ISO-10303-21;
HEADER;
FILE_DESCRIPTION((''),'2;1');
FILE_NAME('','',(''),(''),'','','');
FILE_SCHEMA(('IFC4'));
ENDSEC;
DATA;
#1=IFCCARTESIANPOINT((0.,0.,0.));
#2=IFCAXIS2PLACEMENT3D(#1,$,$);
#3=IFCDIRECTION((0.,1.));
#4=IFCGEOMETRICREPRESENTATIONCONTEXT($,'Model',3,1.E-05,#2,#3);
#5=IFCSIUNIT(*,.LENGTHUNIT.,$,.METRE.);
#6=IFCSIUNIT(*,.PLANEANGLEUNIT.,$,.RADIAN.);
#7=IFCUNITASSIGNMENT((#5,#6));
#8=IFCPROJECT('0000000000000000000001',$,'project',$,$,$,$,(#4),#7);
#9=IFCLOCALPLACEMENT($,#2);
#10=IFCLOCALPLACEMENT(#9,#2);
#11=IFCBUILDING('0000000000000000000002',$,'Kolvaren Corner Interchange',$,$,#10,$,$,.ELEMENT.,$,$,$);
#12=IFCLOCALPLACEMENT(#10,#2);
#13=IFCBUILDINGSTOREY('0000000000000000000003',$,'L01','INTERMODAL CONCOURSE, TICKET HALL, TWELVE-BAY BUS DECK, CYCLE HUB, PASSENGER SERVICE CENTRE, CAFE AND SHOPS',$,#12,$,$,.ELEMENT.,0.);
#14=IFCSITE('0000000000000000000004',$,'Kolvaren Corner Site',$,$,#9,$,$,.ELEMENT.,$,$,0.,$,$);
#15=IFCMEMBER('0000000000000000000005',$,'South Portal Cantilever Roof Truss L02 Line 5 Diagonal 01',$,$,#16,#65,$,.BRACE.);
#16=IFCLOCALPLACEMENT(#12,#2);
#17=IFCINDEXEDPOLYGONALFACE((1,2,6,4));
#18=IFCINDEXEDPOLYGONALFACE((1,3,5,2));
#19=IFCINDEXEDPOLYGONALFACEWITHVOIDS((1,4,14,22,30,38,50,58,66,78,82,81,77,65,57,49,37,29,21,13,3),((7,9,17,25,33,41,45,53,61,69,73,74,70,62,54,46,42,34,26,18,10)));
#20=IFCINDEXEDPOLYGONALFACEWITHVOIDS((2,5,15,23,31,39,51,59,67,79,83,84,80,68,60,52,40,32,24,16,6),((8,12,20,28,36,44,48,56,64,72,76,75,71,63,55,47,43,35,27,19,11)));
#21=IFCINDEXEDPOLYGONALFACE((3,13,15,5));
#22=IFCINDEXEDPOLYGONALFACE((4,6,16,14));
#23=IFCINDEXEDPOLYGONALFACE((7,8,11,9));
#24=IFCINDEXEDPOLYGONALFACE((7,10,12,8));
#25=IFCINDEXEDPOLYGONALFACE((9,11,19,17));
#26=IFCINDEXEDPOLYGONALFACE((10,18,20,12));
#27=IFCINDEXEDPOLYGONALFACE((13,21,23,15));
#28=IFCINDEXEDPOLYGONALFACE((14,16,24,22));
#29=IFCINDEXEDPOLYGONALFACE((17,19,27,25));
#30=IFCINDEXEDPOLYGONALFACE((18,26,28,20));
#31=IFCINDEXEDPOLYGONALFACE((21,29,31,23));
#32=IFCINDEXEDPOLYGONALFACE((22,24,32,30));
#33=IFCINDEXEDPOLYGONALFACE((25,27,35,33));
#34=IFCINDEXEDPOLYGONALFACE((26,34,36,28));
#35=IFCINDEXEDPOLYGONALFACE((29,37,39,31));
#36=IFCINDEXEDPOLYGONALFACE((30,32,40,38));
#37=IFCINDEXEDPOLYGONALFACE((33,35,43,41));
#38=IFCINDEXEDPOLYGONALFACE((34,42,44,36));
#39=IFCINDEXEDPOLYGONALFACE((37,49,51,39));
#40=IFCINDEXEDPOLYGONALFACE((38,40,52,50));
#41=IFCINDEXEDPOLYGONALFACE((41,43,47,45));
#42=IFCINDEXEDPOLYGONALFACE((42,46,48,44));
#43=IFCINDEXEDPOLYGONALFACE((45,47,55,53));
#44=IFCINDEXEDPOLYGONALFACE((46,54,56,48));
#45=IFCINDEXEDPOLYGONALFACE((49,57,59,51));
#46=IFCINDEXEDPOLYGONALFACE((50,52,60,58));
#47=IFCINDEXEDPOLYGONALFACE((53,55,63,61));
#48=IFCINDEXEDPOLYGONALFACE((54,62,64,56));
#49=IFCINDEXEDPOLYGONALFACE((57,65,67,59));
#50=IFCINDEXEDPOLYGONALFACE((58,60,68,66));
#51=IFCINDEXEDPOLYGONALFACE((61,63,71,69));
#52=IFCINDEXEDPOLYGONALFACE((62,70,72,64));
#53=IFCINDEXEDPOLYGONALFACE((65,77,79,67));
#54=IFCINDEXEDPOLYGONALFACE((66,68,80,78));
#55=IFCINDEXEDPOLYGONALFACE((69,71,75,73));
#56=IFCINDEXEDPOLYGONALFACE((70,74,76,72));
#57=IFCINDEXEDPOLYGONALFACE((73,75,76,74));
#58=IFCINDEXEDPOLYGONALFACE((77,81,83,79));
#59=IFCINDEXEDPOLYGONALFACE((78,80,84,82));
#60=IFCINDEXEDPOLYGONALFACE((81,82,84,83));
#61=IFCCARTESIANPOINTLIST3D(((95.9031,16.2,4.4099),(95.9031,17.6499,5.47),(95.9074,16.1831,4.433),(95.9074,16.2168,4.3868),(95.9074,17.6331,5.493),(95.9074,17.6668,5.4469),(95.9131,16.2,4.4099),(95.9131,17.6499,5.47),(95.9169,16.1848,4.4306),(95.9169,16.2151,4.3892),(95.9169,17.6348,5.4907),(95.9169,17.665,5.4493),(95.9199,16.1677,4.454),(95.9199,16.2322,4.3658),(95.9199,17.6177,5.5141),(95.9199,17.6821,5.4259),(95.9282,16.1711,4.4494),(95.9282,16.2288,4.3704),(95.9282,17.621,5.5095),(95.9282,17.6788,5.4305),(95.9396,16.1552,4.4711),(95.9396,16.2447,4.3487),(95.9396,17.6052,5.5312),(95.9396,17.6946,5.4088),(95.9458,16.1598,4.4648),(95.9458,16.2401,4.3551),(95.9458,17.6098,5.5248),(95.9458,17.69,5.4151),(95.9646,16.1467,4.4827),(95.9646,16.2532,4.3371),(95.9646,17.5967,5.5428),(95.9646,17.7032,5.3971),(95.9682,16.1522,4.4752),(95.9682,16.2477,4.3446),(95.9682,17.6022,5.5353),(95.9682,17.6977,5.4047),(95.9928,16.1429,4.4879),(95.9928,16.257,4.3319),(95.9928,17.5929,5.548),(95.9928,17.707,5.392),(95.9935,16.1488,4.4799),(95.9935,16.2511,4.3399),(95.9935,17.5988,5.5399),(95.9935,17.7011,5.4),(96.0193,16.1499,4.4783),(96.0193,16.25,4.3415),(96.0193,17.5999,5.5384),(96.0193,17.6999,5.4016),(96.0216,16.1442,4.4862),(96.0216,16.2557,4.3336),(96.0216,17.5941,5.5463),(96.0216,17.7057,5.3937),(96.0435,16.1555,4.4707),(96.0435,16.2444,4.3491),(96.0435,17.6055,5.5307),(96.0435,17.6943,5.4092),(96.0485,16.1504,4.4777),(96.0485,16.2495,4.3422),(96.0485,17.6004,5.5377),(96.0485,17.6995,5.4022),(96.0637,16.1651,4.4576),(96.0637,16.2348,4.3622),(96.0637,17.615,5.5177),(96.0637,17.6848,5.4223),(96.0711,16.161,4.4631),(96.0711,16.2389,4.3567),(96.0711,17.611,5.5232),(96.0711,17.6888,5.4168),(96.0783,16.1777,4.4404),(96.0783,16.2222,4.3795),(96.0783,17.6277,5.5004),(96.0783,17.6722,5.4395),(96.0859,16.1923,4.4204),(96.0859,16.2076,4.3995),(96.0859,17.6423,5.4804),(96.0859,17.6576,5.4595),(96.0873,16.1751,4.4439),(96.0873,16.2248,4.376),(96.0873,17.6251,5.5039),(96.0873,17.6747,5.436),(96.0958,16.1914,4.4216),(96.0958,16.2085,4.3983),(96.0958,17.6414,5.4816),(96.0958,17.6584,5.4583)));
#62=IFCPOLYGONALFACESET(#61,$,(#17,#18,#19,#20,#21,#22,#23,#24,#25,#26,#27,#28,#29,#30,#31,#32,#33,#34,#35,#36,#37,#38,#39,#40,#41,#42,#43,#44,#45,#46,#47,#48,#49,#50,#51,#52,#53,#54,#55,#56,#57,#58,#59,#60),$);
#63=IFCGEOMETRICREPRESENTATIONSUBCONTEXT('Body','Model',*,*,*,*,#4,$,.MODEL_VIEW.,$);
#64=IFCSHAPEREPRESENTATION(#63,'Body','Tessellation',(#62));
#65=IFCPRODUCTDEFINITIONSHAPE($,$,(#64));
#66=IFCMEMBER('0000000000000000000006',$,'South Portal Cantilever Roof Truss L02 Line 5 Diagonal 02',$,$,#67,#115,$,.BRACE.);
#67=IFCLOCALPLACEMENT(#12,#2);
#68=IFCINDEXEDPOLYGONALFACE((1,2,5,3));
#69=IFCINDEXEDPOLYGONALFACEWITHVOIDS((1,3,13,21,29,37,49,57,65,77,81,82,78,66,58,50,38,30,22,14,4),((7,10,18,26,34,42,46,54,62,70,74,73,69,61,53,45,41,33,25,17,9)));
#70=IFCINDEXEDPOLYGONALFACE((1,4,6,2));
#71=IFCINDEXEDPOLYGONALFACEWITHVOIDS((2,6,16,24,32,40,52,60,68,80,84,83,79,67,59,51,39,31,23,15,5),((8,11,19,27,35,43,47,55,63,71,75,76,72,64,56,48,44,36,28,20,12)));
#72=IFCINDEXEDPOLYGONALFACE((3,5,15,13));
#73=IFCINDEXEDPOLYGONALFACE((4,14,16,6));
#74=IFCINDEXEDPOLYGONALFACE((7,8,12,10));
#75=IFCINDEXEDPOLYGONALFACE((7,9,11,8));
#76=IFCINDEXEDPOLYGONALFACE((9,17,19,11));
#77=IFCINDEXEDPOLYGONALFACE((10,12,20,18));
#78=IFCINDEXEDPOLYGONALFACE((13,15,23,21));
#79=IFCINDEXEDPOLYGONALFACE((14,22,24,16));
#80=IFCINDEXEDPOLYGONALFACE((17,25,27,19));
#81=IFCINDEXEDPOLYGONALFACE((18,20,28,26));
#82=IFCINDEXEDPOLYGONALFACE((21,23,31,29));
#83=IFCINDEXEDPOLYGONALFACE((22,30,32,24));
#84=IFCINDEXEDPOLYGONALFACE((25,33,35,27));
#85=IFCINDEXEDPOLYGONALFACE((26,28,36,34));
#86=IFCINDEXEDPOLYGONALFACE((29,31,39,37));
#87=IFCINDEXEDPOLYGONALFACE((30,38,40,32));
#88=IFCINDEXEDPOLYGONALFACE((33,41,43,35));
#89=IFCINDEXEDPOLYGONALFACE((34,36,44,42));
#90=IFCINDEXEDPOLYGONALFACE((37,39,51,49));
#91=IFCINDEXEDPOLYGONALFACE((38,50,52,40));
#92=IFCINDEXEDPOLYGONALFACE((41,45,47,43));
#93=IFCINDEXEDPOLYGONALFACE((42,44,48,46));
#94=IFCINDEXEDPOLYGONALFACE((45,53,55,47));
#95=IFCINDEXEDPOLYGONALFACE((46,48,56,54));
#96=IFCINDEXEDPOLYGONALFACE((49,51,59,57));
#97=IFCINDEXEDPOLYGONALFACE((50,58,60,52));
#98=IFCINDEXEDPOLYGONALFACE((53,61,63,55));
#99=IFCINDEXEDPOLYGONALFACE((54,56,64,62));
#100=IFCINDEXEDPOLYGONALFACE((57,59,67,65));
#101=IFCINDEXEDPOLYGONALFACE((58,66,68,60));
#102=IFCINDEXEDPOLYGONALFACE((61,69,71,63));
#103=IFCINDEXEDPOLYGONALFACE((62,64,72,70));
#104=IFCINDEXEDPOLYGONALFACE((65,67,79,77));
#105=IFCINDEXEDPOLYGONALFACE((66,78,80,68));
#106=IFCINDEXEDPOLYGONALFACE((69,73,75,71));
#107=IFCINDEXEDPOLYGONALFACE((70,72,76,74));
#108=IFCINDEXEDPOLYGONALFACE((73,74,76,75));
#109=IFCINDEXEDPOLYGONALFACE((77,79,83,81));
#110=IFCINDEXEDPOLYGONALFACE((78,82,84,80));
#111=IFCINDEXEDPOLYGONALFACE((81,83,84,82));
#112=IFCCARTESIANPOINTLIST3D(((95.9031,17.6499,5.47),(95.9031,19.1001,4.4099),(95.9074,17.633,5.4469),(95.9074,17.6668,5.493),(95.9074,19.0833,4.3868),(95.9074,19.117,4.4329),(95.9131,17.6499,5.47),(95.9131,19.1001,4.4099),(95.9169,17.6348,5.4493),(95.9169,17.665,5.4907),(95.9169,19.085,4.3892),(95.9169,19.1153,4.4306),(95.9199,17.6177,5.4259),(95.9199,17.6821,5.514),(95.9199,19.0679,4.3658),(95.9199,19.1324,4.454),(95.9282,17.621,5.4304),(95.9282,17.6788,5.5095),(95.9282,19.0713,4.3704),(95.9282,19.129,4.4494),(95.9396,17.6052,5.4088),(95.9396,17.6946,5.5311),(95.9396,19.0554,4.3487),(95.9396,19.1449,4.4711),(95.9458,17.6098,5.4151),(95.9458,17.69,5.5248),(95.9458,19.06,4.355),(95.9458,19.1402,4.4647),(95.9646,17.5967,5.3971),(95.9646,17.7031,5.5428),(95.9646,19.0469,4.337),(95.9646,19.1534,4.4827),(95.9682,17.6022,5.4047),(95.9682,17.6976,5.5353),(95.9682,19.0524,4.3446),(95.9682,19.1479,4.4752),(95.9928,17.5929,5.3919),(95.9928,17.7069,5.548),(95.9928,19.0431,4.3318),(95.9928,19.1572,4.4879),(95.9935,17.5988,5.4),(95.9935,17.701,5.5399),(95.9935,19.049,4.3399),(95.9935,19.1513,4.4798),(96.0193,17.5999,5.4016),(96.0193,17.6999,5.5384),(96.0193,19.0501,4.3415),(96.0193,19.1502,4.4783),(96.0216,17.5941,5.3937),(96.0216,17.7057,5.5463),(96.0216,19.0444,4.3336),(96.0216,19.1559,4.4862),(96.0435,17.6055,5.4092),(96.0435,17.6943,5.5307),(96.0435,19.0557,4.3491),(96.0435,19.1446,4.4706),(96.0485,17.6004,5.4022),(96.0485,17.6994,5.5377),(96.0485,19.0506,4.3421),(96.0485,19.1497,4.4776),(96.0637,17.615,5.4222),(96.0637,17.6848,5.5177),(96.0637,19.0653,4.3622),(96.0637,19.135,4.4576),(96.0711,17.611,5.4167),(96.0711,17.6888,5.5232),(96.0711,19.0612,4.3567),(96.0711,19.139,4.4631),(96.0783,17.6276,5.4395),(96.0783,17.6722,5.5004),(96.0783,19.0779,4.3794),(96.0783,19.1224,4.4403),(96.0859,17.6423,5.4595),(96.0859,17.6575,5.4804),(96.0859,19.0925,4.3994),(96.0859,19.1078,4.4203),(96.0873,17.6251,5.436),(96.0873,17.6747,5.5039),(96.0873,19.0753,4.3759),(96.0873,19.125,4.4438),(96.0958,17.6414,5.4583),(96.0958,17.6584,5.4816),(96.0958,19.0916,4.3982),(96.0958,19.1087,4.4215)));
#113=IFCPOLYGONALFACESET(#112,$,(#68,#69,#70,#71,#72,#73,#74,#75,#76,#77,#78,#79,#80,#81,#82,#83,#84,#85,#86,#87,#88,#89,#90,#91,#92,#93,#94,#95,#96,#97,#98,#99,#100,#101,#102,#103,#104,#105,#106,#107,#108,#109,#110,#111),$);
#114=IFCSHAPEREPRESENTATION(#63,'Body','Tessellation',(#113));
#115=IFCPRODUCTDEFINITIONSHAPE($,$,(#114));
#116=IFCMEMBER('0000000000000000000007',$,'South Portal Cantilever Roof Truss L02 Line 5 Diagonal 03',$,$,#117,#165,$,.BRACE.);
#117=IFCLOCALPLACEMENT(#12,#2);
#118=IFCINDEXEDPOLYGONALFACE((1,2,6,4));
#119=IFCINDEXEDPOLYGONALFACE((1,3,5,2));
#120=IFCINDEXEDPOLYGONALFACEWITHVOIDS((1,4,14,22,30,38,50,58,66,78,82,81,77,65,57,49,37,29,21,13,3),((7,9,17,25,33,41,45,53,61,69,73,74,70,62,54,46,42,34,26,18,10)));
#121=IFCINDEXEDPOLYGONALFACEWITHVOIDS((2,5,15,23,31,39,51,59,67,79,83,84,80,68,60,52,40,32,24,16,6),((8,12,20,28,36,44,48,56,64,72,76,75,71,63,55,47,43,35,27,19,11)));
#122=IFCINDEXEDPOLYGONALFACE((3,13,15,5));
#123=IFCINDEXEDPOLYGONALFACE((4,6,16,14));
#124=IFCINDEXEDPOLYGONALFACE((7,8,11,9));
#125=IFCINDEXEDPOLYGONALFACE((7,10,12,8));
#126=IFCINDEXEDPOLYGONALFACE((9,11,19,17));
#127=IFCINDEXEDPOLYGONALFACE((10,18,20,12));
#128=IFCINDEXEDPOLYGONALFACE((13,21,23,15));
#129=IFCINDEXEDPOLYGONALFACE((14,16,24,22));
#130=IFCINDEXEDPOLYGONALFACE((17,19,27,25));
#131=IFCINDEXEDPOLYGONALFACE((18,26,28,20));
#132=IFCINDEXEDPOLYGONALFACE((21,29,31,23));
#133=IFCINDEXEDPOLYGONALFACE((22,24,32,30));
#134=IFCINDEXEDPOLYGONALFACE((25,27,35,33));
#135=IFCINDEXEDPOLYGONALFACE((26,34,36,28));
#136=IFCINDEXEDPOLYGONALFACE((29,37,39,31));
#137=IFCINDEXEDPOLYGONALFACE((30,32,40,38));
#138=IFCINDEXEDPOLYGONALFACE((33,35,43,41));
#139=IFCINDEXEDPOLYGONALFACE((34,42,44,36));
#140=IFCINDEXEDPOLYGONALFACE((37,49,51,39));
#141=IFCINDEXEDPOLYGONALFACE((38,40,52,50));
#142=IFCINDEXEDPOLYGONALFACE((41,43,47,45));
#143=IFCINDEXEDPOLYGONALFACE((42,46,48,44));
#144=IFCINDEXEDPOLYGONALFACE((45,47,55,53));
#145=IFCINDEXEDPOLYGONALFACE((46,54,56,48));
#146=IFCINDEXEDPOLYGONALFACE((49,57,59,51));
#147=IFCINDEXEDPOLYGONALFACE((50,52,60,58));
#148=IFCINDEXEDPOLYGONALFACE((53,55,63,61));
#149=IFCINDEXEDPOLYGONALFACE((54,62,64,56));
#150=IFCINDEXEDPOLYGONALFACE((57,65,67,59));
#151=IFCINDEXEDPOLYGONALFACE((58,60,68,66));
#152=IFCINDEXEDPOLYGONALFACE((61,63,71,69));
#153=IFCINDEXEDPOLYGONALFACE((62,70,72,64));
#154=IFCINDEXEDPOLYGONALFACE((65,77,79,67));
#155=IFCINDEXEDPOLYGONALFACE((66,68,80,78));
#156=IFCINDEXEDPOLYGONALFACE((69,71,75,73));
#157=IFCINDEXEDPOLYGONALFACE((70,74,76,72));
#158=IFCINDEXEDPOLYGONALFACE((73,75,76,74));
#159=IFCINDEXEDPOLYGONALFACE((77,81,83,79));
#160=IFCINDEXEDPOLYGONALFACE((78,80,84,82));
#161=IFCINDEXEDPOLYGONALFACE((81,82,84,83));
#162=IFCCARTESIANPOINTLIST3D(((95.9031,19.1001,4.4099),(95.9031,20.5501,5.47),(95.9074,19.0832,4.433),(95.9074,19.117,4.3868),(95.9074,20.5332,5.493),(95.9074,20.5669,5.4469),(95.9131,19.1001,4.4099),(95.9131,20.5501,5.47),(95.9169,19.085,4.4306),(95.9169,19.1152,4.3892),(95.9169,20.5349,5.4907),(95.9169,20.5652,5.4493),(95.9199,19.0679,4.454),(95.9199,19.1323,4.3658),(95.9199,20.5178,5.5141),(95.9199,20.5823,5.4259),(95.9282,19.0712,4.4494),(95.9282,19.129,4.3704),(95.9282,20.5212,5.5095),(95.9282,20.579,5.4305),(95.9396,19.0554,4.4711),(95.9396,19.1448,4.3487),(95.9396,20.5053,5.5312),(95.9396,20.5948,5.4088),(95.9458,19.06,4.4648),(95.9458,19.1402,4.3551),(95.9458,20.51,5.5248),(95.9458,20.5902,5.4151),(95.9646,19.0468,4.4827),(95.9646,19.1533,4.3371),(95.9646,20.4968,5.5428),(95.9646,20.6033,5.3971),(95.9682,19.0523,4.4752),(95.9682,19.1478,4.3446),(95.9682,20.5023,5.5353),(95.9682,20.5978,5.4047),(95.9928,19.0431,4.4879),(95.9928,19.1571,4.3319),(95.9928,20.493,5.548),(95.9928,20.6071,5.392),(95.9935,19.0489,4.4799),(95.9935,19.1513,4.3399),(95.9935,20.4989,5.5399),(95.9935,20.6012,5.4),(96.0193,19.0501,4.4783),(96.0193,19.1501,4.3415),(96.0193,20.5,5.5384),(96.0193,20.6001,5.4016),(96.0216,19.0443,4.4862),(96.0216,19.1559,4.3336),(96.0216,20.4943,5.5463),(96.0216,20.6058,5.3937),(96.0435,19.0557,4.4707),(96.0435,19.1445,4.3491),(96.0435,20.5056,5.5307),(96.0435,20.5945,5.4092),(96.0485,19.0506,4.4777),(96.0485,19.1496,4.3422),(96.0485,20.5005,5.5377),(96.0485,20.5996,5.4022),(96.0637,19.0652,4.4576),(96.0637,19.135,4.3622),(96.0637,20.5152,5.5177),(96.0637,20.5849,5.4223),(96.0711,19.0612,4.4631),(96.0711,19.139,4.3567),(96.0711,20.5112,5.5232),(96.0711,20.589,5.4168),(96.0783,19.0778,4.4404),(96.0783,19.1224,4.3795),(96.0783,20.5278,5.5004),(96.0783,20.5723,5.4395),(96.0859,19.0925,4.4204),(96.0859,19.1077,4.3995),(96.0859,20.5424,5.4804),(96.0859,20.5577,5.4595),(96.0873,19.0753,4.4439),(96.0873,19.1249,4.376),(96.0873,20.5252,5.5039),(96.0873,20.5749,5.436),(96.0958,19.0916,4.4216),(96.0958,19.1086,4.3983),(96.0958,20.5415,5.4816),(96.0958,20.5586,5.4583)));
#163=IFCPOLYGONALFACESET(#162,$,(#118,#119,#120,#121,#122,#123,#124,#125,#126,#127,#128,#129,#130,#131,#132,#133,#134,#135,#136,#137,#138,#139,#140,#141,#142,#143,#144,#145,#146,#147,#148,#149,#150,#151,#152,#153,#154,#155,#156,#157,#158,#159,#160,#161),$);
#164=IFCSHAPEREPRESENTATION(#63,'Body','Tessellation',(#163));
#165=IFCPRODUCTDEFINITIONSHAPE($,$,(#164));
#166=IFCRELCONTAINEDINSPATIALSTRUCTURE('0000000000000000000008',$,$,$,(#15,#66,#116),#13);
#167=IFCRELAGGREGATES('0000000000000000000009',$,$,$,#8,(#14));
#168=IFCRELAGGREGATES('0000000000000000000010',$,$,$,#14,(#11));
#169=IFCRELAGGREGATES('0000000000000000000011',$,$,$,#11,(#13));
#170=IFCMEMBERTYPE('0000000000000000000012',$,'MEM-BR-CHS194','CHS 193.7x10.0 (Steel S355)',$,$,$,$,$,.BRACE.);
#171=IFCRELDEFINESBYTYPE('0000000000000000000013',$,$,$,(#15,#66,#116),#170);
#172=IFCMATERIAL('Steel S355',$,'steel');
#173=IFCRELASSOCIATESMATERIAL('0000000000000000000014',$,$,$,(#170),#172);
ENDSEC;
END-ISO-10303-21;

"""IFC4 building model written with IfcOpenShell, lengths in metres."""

from ifc_helpers import new_model, si_unit, direction, frame, origin, origin_2d, place, context, subcontext, project, spatial, hollow_circle, extrude, material, material_profile, profile_set, type_object, element, save


model = new_model("IFC4")

# Units and contexts
model_context = context("Model", 3, precision=1e-05, world=origin(), true_north=direction((0.0, 1.0)))
body_context = subcontext(model_context, "Body", "Model", "MODEL_VIEW")
ifc_project = project(units=[si_unit("LENGTHUNIT", "METRE"), si_unit("PLANEANGLEUNIT", "RADIAN")], contexts=[model_context])

# Site, building, storey
site_placement = place(None, origin())
site = spatial("IfcSite", under=ifc_project, at=site_placement, Name="Kolvaren Corner Site", CompositionType="ELEMENT", RefElevation=0.0)
building_placement = place(site_placement, origin())
building = spatial("IfcBuilding", under=site, at=building_placement, Name="Kolvaren Corner Interchange", CompositionType="ELEMENT")
storey_placement = place(building_placement, origin())
storey = spatial("IfcBuildingStorey", under=building, at=storey_placement, Name="L01", Description="INTERMODAL CONCOURSE, TICKET HALL, TWELVE-BAY BUS DECK, CYCLE HUB, PASSENGER SERVICE CENTRE, CAFE AND SHOPS", CompositionType="ELEMENT", Elevation=0.0)

# Members
ifc_material_1 = material(Name="Steel S355", Category="steel")
ifc_material_profile_1 = material_profile(ifc_material_1, hollow_circle(Radius=0.0969, WallThickness=0.01, at=origin_2d()), Name="CHS 193.7x10.0")
ifc_profile_set_1 = profile_set([ifc_material_profile_1], Name="Steel S355")
member_type_1 = type_object("IfcMemberType", Name="MEM-BR-CHS194", Description="CHS 193.7x10.0 (Steel S355)", PredefinedType="BRACE", material=ifc_profile_set_1)
member_1_placement = place(storey_placement, frame((96.0, 16.2, 4.4099), z_axis=(0.0, 0.807264, 0.59019), x_axis=(-1.0, 0.0, 0.0)))
element("IfcMember", 1, at=member_1_placement, inside=storey, type_object=member_type_1, Name="South Portal Cantilever Roof Truss L02 Line 5 Diagonal 01", PredefinedType="BRACE", context=body_context, shape_type="SweptSolid", body=[
    extrude(hollow_circle(Radius=0.0969, WallThickness=0.01, at=origin_2d()), origin(), (0.0, 0.0, 1.0), 1.7961),
])
member_2_placement = place(storey_placement, frame((96.0, 17.6499, 5.47), z_axis=(0.0, 0.807311, -0.590126), x_axis=(-1.0, 0.0, 0.0)))
element("IfcMember", 2, at=member_2_placement, inside=storey, type_object=member_type_1, Name="South Portal Cantilever Roof Truss L02 Line 5 Diagonal 02", PredefinedType="BRACE", context=body_context, shape_type="SweptSolid", body=[
    extrude(hollow_circle(Radius=0.0969, WallThickness=0.01, at=origin_2d()), origin(), (0.0, 0.0, 1.0), 1.7964),
])
for number, where, z_axis, x_axis, name in (
    (3, (96.0, 19.1001, 4.4099), (0.0, 0.807264, 0.59019), (-1.0, 0.0, 0.0), "South Portal Cantilever Roof Truss L02 Line 5 Diagonal 03"),
):
    element("IfcMember", number, at=place(storey_placement, frame(where, z_axis=z_axis, x_axis=x_axis)), inside=storey, type_object=member_type_1, Name=name, PredefinedType="BRACE", context=body_context, shape_type="SweptSolid", body=[
        extrude(hollow_circle(Radius=0.0969, WallThickness=0.01, at=origin_2d()), origin(), (0.0, 0.0, 1.0), 1.7961),
    ])

save(model, "model.ifc")
